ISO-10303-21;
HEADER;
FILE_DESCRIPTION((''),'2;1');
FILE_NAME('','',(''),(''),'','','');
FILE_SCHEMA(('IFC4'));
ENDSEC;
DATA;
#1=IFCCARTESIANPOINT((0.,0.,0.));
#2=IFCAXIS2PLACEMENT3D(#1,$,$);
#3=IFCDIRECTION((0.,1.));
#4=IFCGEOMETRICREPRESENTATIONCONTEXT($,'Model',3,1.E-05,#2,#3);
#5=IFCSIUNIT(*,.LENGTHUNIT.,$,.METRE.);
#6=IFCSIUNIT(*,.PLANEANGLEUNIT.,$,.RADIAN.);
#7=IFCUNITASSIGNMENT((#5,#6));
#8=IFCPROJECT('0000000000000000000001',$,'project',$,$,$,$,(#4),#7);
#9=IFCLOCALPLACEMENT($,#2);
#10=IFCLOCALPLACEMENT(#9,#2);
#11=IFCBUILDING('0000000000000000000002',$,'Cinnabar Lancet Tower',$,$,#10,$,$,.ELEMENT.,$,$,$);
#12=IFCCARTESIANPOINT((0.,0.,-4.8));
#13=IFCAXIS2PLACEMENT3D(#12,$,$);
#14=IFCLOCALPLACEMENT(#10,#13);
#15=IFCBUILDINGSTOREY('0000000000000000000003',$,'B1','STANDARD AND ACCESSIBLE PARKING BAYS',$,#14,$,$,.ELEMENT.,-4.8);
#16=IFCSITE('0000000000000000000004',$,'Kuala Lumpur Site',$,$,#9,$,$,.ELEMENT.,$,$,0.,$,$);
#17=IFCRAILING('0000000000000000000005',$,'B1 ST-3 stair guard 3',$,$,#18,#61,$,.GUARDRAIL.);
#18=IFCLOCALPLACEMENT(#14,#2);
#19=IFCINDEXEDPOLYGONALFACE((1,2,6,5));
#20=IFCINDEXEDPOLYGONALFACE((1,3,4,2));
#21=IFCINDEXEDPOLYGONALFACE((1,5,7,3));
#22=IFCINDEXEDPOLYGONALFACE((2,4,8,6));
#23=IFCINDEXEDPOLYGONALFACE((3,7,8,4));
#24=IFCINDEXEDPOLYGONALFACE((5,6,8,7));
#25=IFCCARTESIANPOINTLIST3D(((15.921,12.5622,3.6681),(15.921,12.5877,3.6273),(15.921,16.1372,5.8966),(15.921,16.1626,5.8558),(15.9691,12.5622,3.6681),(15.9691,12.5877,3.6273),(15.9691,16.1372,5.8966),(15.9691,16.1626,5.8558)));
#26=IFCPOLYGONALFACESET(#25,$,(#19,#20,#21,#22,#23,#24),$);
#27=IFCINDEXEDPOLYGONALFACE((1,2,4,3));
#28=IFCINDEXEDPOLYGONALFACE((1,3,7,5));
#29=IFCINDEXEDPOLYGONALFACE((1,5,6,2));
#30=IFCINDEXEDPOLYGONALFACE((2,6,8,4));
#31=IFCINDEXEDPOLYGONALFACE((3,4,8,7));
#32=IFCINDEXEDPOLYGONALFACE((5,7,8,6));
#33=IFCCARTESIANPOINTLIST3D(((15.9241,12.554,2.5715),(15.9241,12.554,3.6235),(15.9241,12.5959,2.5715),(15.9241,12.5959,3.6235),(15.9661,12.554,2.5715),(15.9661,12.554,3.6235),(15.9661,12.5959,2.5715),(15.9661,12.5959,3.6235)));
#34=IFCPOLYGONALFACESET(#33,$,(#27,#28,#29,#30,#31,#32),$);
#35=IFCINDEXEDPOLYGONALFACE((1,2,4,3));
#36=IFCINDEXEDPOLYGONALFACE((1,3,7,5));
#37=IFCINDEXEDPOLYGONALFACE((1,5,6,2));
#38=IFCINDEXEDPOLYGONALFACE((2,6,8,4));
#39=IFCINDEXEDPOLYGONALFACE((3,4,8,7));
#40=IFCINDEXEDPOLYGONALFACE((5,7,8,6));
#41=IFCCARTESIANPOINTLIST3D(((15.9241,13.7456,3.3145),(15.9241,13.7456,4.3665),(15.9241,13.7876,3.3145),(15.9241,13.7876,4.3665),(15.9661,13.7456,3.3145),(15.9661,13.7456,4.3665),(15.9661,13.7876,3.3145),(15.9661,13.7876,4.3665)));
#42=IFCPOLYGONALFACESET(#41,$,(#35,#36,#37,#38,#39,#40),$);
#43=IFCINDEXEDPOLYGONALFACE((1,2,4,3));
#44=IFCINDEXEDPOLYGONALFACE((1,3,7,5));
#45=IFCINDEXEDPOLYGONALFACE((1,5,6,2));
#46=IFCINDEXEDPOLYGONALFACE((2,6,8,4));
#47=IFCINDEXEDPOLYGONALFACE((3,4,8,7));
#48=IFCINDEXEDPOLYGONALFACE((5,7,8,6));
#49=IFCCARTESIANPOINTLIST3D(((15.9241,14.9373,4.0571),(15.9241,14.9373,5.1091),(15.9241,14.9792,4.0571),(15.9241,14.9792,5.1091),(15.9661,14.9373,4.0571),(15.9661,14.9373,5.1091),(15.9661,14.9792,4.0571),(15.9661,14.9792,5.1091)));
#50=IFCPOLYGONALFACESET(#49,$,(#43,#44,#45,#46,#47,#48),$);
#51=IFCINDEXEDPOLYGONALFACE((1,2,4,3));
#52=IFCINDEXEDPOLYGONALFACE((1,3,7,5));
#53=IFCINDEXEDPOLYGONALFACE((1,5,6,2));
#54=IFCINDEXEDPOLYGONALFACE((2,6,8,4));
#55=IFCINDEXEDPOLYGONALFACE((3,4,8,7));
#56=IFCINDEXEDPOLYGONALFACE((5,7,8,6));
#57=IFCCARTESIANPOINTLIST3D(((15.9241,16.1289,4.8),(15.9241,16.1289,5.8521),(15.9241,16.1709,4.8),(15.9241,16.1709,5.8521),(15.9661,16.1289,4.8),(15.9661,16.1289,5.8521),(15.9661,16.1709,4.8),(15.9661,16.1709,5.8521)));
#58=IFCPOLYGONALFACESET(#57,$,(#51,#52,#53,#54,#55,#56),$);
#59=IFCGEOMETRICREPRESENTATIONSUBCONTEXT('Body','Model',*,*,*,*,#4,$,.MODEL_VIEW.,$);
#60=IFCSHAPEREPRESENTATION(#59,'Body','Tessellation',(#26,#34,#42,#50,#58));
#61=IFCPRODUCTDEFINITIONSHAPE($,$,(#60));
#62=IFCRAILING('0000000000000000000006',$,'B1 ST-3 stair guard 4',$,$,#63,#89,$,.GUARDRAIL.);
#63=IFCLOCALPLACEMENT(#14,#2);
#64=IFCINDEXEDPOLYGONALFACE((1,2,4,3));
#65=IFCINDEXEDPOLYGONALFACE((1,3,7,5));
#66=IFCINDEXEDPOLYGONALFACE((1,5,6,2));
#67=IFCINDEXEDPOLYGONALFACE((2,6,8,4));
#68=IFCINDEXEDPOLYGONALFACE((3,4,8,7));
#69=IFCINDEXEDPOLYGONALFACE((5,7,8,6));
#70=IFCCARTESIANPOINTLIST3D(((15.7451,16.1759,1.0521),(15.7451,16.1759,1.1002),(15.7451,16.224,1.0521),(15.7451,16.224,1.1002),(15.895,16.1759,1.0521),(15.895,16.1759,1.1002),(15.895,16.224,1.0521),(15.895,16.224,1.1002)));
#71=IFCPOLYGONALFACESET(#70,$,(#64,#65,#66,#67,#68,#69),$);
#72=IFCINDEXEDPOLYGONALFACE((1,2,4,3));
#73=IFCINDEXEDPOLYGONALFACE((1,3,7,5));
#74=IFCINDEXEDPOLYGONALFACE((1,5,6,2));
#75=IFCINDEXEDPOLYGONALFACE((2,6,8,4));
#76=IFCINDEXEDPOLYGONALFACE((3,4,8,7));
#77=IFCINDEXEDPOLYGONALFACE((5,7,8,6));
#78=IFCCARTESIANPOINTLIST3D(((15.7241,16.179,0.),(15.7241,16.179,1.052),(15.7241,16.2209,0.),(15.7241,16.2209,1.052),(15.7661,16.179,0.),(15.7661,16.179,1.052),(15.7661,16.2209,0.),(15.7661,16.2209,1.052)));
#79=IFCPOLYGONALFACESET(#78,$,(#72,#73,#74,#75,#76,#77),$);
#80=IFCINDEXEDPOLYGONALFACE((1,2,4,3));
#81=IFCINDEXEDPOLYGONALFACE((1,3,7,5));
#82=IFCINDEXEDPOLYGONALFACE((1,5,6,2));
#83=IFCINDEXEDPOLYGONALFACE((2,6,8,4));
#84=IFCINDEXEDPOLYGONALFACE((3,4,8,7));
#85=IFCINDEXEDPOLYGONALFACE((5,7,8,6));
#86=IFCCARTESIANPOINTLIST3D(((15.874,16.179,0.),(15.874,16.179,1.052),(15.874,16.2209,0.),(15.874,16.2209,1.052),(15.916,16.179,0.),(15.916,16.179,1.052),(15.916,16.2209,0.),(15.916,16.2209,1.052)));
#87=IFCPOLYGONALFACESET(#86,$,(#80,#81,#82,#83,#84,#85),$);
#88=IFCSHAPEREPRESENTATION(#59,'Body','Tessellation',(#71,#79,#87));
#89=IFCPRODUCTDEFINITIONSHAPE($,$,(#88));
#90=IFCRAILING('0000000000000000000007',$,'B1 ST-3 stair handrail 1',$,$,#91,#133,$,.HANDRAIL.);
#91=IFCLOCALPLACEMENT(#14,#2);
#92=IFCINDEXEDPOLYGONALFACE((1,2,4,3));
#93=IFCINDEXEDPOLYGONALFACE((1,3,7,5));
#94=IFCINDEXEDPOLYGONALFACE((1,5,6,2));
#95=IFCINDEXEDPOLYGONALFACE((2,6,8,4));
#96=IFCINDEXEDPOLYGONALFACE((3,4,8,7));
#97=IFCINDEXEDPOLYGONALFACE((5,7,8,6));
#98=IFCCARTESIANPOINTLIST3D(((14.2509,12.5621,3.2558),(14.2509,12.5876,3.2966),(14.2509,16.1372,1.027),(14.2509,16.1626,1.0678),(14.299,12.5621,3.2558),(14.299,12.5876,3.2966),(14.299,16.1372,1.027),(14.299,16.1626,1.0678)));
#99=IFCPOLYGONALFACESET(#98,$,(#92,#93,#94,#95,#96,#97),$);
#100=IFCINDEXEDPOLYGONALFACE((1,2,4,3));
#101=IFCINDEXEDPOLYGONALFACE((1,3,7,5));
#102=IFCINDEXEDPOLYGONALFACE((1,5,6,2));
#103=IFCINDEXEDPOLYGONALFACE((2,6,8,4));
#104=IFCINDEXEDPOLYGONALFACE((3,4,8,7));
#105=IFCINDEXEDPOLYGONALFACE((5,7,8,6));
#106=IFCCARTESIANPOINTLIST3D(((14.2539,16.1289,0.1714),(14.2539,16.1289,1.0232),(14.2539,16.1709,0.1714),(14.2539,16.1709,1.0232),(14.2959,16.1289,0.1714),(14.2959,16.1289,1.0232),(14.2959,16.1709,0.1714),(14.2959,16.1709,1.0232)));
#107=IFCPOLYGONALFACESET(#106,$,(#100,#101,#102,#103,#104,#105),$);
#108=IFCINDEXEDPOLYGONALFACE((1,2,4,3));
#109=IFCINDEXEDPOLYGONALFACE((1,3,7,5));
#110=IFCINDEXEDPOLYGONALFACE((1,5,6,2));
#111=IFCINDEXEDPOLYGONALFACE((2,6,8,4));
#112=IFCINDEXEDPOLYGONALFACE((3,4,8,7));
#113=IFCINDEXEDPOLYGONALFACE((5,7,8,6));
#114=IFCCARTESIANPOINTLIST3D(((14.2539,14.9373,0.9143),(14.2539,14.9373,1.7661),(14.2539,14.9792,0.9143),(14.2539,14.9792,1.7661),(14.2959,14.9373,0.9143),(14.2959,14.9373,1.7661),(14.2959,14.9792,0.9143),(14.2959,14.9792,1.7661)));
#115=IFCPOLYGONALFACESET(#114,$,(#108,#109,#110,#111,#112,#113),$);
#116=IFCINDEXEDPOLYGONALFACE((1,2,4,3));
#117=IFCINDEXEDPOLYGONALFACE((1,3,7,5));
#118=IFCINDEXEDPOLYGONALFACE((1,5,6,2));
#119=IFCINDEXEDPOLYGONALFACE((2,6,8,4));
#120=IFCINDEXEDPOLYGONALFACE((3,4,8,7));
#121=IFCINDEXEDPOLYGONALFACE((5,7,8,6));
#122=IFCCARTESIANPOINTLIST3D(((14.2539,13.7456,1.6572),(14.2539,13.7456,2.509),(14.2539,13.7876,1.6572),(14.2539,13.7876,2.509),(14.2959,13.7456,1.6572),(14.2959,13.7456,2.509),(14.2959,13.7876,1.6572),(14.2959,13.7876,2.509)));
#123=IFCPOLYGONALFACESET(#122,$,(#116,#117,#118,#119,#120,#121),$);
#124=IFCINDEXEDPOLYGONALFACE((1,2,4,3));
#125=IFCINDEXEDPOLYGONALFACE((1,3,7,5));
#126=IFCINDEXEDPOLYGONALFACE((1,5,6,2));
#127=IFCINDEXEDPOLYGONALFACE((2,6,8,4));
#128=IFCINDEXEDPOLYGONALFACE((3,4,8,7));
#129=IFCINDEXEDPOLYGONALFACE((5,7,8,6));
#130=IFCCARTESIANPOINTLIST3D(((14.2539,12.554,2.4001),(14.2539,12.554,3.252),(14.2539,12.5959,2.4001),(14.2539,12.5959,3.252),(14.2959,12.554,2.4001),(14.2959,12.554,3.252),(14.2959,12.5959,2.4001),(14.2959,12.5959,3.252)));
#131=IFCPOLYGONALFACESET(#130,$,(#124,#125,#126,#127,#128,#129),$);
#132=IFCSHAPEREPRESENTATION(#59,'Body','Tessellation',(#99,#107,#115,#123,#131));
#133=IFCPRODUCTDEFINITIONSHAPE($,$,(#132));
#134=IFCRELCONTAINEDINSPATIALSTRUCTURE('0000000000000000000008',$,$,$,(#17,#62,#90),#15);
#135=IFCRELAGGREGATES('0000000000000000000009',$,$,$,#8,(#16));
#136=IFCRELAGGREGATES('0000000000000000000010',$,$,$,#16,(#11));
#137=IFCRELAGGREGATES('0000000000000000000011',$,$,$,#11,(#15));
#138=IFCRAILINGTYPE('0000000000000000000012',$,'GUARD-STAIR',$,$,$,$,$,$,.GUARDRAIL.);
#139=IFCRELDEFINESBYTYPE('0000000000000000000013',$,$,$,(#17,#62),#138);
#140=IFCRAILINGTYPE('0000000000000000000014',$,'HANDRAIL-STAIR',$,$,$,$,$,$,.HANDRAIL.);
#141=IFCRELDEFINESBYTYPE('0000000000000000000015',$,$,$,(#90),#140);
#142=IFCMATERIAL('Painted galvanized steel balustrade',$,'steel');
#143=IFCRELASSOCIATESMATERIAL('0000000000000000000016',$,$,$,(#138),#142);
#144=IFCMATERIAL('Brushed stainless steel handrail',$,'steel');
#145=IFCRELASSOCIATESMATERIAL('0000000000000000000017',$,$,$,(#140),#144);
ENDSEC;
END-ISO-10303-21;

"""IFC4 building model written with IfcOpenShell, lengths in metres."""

from ifc_helpers import new_model, si_unit, direction, frame, origin, origin_2d, place, context, subcontext, project, spatial, rectangle, extrude, material, type_object, element, save


model = new_model("IFC4")

# Units and contexts
model_context = context("Model", 3, precision=1e-05, world=origin(), true_north=direction((0.0, 1.0)))
body_context = subcontext(model_context, "Body", "Model", "MODEL_VIEW")
ifc_project = project(units=[si_unit("LENGTHUNIT", "METRE"), si_unit("PLANEANGLEUNIT", "RADIAN")], contexts=[model_context])

# Site, building, storey
site_placement = place(None, origin())
site = spatial("IfcSite", under=ifc_project, at=site_placement, Name="Kuala Lumpur Site", CompositionType="ELEMENT", RefElevation=0.0)
building_placement = place(site_placement, origin())
building = spatial("IfcBuilding", under=site, at=building_placement, Name="Cinnabar Lancet Tower", CompositionType="ELEMENT")
storey_placement = place(building_placement, frame((0.0, 0.0, -4.8)))
storey = spatial("IfcBuildingStorey", under=building, at=storey_placement, Name="B1", Description="STANDARD AND ACCESSIBLE PARKING BAYS", CompositionType="ELEMENT", Elevation=-4.8)

# Railings
ifc_material_1 = material(Name="Painted galvanized steel balustrade", Category="steel")
railing_type_1 = type_object("IfcRailingType", Name="GUARD-STAIR", PredefinedType="GUARDRAIL", material=ifc_material_1)
railing_1_placement = place(storey_placement, frame((15.9451, 12.575, 2.5715)))
element("IfcRailing", 1, at=railing_1_placement, inside=storey, type_object=railing_type_1, Name="B1 ST-3 stair guard 3", PredefinedType="GUARDRAIL", context=body_context, shape_type="SweptSolid", body=[
    extrude(rectangle(XDim=0.0481, YDim=0.0481, at=origin_2d()), frame((0.0, 0.0, 1.0762), z_axis=(0.0, 0.84862, 0.529004), x_axis=(-1.0, 0.0, 0.0)), (0.0, 0.0, 1.0), 4.2126),
    extrude(rectangle(XDim=0.042, YDim=0.042, at=origin_2d()), origin(), (0.0, 0.0, 1.0), 1.052),
    extrude(rectangle(XDim=0.042, YDim=0.042, at=origin_2d()), frame((0.0, 1.1917, 0.7429)), (0.0, 0.0, 1.0), 1.052),
    extrude(rectangle(XDim=0.042, YDim=0.042, at=origin_2d()), frame((0.0, 2.3833, 1.4856)), (0.0, 0.0, 1.0), 1.052),
    extrude(rectangle(XDim=0.042, YDim=0.042, at=origin_2d()), frame((0.0, 3.575, 2.2285)), (0.0, 0.0, 1.0), 1.052),
])
railing_2_placement = place(storey_placement, frame((15.7451, 16.2, 0.0)))
element("IfcRailing", 2, at=railing_2_placement, inside=storey, type_object=railing_type_1, Name="B1 ST-3 stair guard 4", PredefinedType="GUARDRAIL", context=body_context, shape_type="SweptSolid", body=[
    extrude(rectangle(XDim=0.0481, YDim=0.0481, at=origin_2d()), frame((0.0, 0.0, 1.0762), z_axis=(1.0, 0.0, 0.0), x_axis=(0.0, 1.0, 0.0)), (0.0, 0.0, 1.0), 0.1499),
    extrude(rectangle(XDim=0.042, YDim=0.042, at=origin_2d()), origin(), (0.0, 0.0, 1.0), 1.052),
    extrude(rectangle(XDim=0.042, YDim=0.042, at=origin_2d()), frame((0.1499, 0.0, 0.0)), (0.0, 0.0, 1.0), 1.052),
])
ifc_material_2 = material(Name="Brushed stainless steel handrail", Category="steel")
railing_type_2 = type_object("IfcRailingType", Name="HANDRAIL-STAIR", PredefinedType="HANDRAIL", material=ifc_material_2)
railing_3_placement = place(storey_placement, frame((14.2749, 16.1499, 0.1714)))
element("IfcRailing", 3, at=railing_3_placement, inside=storey, type_object=railing_type_2, Name="B1 ST-3 stair handrail 1", PredefinedType="HANDRAIL", context=body_context, shape_type="SweptSolid", body=[
    extrude(rectangle(XDim=0.0481, YDim=0.0481, at=origin_2d()), frame((0.0, 0.0, 0.876), z_axis=(0.0, -0.848594, 0.529045), x_axis=(1.0, 0.0, 0.0)), (0.0, 0.0, 1.0), 4.2129),
    extrude(rectangle(XDim=0.042, YDim=0.042, at=origin_2d()), origin(), (0.0, 0.0, 1.0), 0.8518),
    extrude(rectangle(XDim=0.042, YDim=0.042, at=origin_2d()), frame((0.0, -1.1917, 0.7429)), (0.0, 0.0, 1.0), 0.8518),
    extrude(rectangle(XDim=0.042, YDim=0.042, at=origin_2d()), frame((0.0, -2.3833, 1.4858)), (0.0, 0.0, 1.0), 0.8518),
    extrude(rectangle(XDim=0.042, YDim=0.042, at=origin_2d()), frame((0.0, -3.575, 2.2288)), (0.0, 0.0, 1.0), 0.8518),
])

save(model, "model.ifc")
